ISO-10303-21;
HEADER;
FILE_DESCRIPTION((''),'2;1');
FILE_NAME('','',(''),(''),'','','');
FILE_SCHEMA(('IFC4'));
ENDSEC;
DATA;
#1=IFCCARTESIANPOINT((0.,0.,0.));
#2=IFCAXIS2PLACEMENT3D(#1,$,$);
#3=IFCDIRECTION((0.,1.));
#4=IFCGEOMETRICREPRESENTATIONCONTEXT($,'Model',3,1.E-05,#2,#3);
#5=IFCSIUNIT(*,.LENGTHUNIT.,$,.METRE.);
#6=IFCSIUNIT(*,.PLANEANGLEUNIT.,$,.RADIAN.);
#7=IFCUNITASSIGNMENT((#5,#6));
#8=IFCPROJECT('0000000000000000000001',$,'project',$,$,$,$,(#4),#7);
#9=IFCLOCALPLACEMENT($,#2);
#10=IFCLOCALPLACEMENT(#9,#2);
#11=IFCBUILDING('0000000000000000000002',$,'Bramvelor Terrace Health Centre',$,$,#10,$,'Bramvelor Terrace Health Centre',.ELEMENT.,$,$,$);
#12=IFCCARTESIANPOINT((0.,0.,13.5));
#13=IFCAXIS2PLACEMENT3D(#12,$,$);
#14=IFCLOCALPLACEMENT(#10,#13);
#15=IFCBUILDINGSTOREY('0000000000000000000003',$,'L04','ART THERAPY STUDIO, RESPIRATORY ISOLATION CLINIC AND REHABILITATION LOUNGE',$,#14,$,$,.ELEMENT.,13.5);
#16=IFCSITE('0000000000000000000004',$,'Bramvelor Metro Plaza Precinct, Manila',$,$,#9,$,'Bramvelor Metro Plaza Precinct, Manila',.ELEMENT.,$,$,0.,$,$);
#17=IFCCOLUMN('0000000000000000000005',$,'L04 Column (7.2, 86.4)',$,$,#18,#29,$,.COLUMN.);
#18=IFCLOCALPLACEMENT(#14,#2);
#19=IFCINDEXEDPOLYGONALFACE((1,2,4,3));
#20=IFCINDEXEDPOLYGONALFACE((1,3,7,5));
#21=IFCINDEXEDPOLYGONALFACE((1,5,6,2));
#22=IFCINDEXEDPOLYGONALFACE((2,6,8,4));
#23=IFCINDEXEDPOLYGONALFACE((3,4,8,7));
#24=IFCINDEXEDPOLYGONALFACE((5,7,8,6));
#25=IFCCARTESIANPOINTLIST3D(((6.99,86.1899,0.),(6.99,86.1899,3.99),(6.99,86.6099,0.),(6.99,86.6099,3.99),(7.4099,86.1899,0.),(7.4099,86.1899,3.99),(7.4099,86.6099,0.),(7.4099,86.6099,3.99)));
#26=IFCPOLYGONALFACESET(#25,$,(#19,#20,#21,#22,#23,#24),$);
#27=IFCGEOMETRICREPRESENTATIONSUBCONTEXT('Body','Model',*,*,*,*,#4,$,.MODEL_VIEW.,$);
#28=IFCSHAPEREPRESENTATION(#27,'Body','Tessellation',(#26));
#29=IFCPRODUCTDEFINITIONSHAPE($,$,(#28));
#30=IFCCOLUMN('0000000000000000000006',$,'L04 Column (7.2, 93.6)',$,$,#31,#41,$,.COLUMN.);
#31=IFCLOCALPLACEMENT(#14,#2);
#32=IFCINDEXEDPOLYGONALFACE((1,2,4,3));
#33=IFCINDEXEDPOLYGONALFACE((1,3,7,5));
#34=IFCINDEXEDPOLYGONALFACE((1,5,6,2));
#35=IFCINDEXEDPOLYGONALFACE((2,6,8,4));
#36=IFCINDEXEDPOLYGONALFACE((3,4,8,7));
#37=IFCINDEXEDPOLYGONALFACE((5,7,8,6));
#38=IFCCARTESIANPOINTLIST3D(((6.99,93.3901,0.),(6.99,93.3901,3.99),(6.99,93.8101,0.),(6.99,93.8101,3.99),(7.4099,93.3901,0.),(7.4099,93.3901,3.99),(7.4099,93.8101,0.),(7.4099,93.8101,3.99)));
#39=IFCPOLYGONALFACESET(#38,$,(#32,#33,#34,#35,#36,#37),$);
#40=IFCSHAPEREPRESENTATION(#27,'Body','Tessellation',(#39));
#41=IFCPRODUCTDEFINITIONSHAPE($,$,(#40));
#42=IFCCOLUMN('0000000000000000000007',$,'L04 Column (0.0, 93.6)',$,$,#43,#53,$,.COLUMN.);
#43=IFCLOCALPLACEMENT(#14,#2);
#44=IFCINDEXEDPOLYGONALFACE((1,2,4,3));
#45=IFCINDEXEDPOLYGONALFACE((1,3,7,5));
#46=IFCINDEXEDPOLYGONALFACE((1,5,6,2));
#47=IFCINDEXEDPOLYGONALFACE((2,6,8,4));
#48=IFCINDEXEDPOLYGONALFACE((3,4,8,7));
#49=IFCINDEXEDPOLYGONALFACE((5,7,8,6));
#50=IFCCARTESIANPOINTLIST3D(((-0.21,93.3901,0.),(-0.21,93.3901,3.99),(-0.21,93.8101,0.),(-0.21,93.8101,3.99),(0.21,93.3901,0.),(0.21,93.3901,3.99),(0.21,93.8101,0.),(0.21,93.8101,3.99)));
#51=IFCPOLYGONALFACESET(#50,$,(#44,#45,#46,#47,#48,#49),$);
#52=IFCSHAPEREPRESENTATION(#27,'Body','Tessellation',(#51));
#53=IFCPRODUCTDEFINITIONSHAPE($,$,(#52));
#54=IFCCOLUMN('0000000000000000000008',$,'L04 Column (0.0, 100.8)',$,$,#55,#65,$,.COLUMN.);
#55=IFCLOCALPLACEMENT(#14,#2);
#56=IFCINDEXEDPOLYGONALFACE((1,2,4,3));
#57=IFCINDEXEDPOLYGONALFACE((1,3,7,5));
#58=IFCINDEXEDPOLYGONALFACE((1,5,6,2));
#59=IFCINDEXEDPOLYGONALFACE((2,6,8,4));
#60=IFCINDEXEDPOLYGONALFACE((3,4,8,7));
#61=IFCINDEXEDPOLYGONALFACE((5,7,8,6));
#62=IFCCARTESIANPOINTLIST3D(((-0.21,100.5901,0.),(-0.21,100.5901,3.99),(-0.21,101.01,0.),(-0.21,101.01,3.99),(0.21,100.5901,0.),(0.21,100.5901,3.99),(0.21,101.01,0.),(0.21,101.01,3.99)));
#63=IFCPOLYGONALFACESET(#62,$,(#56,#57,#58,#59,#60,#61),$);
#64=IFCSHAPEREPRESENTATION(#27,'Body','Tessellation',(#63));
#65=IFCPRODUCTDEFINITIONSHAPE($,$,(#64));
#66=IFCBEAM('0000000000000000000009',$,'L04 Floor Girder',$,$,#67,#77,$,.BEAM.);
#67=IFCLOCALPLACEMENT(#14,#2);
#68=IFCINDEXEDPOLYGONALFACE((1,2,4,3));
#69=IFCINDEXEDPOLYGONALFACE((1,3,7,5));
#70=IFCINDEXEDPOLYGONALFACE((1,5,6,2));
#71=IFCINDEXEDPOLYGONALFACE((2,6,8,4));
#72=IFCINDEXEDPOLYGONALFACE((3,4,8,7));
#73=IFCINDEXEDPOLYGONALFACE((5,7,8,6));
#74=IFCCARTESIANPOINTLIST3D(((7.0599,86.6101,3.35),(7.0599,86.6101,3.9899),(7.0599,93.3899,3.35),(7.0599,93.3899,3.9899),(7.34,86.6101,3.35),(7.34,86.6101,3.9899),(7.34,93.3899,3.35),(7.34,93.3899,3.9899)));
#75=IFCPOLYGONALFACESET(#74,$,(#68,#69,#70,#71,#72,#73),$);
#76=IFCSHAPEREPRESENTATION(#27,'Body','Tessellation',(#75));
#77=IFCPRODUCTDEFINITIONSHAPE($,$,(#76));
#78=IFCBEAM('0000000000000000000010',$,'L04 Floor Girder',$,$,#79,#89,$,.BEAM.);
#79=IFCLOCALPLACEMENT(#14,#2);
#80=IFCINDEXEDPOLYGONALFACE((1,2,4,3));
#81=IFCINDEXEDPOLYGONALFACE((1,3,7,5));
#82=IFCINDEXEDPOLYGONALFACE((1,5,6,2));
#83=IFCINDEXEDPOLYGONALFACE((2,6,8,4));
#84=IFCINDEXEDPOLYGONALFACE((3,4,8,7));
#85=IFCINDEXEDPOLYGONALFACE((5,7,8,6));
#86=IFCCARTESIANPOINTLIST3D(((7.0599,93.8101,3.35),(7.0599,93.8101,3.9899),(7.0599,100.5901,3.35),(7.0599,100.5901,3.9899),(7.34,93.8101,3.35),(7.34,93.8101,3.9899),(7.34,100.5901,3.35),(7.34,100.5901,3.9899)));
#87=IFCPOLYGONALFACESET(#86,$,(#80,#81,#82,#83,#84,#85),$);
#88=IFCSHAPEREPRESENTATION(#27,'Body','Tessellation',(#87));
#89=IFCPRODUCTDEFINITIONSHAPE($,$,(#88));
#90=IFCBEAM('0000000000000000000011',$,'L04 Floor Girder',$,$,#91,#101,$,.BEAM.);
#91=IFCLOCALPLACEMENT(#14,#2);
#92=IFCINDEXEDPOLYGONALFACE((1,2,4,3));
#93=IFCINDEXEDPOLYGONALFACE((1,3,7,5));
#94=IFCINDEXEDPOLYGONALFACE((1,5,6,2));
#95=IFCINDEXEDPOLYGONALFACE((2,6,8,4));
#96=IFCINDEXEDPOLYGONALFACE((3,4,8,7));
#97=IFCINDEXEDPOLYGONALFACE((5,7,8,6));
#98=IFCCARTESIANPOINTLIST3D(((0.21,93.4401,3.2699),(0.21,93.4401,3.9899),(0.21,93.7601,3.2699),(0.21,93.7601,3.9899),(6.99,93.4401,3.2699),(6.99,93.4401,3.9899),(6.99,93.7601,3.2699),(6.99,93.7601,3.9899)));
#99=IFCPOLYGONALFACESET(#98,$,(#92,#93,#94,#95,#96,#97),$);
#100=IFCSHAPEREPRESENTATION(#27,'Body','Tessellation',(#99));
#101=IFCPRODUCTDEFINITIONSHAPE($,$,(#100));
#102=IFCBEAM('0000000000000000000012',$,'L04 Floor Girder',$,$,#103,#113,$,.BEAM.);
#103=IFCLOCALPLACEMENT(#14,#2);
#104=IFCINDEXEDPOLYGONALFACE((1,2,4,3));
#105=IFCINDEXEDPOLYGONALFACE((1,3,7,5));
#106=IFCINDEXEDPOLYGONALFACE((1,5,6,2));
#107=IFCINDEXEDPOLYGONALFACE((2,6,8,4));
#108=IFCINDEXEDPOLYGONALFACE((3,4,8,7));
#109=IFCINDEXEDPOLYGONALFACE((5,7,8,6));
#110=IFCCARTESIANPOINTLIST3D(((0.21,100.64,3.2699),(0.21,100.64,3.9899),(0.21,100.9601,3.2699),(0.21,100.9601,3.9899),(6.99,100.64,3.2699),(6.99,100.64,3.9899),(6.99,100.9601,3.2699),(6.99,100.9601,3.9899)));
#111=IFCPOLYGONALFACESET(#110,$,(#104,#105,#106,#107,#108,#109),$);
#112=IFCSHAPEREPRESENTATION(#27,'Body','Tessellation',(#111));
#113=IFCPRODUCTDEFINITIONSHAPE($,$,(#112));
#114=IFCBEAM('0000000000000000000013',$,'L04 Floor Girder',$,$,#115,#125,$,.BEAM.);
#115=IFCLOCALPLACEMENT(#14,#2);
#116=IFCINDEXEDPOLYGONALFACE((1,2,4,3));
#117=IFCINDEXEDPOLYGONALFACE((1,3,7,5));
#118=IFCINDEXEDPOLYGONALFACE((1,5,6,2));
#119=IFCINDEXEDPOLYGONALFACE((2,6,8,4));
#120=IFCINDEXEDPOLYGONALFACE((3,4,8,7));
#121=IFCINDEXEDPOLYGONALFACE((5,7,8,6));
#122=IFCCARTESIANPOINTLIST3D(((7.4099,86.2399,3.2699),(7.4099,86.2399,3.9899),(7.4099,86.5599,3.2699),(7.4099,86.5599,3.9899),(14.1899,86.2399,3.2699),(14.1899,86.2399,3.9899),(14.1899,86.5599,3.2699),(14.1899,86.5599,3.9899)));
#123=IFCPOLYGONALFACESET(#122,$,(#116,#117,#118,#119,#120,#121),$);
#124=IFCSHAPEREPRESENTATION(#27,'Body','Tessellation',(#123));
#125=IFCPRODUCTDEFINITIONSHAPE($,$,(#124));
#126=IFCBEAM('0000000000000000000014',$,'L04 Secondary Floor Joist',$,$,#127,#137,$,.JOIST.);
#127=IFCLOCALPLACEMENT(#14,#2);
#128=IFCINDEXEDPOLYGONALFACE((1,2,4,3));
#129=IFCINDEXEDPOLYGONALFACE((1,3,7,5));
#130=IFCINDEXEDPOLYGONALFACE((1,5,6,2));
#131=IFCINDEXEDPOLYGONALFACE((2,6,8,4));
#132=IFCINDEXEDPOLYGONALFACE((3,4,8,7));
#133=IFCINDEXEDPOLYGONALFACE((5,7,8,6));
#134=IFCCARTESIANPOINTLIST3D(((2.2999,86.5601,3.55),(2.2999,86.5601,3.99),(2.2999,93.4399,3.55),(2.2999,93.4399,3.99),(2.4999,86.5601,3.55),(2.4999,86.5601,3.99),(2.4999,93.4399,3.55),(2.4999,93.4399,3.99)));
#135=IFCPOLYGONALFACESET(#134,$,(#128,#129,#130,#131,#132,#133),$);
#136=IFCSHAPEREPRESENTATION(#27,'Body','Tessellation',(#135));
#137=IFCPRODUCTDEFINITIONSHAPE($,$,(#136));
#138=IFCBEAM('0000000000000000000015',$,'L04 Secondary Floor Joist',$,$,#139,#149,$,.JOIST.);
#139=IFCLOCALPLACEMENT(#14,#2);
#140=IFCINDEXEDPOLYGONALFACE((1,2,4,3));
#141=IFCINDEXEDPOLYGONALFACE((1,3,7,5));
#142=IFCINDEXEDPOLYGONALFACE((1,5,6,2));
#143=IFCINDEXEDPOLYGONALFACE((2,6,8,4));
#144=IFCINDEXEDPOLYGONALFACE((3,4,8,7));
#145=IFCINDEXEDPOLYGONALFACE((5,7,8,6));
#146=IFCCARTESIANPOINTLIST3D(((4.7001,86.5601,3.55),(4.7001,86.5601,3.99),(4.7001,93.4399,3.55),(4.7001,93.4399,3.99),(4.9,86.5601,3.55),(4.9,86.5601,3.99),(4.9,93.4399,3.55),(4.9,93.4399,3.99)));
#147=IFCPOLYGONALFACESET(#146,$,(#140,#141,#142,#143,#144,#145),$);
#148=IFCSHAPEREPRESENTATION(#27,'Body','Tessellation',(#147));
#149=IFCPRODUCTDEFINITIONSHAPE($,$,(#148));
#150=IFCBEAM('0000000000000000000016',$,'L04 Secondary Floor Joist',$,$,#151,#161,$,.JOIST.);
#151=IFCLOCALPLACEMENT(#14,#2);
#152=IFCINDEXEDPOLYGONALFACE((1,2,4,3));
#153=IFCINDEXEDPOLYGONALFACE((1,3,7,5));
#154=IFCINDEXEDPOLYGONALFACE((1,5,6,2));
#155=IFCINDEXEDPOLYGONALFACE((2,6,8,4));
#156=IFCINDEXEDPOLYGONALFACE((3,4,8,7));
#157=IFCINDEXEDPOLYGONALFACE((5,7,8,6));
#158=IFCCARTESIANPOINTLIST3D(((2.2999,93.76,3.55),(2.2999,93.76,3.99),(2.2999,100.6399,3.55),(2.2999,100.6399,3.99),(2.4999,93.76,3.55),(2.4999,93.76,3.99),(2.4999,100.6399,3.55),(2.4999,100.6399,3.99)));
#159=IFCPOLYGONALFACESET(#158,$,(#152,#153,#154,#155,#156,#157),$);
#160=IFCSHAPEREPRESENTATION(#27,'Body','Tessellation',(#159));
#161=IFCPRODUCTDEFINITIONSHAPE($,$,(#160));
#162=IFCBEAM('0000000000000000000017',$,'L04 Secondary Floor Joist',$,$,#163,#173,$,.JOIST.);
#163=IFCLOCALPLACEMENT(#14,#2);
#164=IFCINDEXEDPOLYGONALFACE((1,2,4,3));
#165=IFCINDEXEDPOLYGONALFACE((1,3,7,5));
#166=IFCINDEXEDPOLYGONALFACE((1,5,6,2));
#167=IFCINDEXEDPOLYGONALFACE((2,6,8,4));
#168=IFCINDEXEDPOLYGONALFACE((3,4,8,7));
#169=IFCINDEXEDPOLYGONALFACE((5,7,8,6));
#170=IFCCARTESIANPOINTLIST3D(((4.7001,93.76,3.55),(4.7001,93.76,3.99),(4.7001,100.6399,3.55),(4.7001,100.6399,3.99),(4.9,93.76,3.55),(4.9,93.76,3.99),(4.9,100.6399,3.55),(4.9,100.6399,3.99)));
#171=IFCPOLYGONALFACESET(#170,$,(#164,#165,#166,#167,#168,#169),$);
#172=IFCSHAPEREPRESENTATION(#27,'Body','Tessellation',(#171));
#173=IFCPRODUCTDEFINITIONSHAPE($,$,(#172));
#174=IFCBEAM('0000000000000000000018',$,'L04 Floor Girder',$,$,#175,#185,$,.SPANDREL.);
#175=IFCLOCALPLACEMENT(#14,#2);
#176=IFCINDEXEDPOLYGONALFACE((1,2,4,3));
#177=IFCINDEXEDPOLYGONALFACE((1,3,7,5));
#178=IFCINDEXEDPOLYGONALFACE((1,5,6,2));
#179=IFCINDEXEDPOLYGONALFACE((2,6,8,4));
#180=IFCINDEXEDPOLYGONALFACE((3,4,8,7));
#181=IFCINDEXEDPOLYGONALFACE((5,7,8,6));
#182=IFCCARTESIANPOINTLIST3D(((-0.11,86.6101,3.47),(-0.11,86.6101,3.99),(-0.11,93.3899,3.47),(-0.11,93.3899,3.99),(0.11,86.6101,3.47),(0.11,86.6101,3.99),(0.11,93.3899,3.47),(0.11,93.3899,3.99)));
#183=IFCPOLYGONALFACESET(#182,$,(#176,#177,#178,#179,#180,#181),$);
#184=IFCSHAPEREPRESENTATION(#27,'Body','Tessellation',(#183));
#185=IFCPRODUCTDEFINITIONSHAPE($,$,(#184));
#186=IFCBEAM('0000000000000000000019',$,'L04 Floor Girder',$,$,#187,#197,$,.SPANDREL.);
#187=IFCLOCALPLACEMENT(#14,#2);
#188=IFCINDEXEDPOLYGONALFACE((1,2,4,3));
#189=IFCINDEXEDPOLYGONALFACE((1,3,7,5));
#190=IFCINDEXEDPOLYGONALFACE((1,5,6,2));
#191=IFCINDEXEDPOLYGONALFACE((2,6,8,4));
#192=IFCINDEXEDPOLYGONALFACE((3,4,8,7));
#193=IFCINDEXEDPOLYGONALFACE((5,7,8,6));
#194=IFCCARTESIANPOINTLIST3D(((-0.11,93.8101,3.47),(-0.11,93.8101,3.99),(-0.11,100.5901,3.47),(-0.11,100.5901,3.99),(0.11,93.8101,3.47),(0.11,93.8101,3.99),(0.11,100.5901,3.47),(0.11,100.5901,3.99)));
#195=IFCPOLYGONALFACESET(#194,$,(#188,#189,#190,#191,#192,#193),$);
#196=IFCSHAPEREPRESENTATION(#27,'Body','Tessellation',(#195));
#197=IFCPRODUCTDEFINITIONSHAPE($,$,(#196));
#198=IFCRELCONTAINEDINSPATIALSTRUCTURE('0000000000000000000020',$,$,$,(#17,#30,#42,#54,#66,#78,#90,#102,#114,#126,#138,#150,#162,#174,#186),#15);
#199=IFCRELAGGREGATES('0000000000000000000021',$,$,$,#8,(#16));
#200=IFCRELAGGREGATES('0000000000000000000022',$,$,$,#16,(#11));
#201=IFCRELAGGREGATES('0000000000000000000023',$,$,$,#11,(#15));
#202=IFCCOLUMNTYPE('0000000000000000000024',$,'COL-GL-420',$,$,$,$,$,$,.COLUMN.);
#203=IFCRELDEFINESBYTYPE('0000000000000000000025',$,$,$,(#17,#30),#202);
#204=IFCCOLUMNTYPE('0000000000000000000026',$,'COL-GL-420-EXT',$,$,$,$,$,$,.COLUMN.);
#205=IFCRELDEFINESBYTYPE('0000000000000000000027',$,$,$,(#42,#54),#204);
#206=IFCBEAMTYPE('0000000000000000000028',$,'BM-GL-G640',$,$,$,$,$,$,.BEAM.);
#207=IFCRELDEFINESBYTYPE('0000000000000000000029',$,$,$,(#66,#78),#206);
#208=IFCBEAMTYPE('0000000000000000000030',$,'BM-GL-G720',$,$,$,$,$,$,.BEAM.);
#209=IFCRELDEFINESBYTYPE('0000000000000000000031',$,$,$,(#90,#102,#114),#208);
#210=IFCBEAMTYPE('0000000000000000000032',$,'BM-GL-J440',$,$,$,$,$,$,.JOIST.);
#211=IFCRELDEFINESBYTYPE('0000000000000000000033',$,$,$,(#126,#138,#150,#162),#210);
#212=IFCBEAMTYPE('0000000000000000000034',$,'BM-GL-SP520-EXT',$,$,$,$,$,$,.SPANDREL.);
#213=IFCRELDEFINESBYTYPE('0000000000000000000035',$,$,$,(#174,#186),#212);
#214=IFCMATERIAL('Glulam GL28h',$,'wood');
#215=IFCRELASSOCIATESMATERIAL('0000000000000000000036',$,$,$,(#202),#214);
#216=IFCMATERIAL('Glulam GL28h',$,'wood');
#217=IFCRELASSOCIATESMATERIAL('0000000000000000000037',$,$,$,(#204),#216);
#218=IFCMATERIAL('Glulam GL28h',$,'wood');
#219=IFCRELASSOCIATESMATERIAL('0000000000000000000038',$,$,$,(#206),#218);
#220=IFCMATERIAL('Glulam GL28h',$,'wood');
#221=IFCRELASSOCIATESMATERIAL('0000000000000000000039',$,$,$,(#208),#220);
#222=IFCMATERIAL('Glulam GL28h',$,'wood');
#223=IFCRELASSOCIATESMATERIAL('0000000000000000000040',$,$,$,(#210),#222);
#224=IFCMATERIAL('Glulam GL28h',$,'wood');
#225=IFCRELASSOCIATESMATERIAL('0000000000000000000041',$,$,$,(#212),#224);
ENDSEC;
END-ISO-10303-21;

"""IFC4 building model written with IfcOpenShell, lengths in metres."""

from ifc_helpers import new_model, si_unit, direction, frame, origin, origin_2d, place, context, subcontext, project, spatial, rectangle, extrude, material, material_profile, profile_set, type_object, element, save


model = new_model("IFC4")

# Units and contexts
model_context = context("Model", 3, precision=1e-05, world=origin(), true_north=direction((0.0, 1.0)))
body_context = subcontext(model_context, "Body", "Model", "MODEL_VIEW")
ifc_project = project(units=[si_unit("LENGTHUNIT", "METRE"), si_unit("PLANEANGLEUNIT", "RADIAN")], contexts=[model_context])

# Site, building, storey
site_placement = place(None, origin())
site = spatial("IfcSite", under=ifc_project, at=site_placement, Name="Bramvelor Metro Plaza Precinct, Manila", LongName="Bramvelor Metro Plaza Precinct, Manila", CompositionType="ELEMENT", RefElevation=0.0)
building_placement = place(site_placement, origin())
building = spatial("IfcBuilding", under=site, at=building_placement, Name="Bramvelor Terrace Health Centre", LongName="Bramvelor Terrace Health Centre", CompositionType="ELEMENT")
storey_placement = place(building_placement, frame((0.0, 0.0, 13.5)))
storey = spatial("IfcBuildingStorey", under=building, at=storey_placement, Name="L04", Description="ART THERAPY STUDIO, RESPIRATORY ISOLATION CLINIC AND REHABILITATION LOUNGE", CompositionType="ELEMENT", Elevation=13.5)

# Columns
ifc_material_1 = material(Name="Glulam GL28h", Category="wood")
ifc_material_profile_1 = material_profile(ifc_material_1, rectangle(XDim=0.4199, YDim=0.4199, at=origin_2d()), Name="GL 420x420")
ifc_profile_set_1 = profile_set([ifc_material_profile_1], Name="Glulam GL28h")
column_type_1 = type_object("IfcColumnType", Name="COL-GL-420", PredefinedType="COLUMN", material=ifc_profile_set_1)
for number, where, z_axis, x_axis, name in (
    (1, (7.2, 86.3999, 0.0), (0.0, 0.0, 1.0), (1.0, 0.0, 0.0), "L04 Column (7.2, 86.4)"),
    (2, (7.2, 93.6001, 0.0), (0.0, 0.0, 1.0), (1.0, 0.0, 0.0), "L04 Column (7.2, 93.6)"),
):
    element("IfcColumn", number, at=place(storey_placement, frame(where, z_axis=z_axis, x_axis=x_axis)), inside=storey, type_object=column_type_1, Name=name, PredefinedType="COLUMN", context=body_context, shape_type="SweptSolid", body=[
        extrude(rectangle(XDim=0.4199, YDim=0.4199, at=origin_2d()), origin(), (0.0, 0.0, 1.0), 3.99),
    ])
ifc_material_2 = material(Name="Glulam GL28h", Category="wood")
ifc_material_profile_2 = material_profile(ifc_material_2, rectangle(XDim=0.4199, YDim=0.4199, at=origin_2d()), Name="GL 420x420")
ifc_profile_set_2 = profile_set([ifc_material_profile_2], Name="Glulam GL28h")
column_type_2 = type_object("IfcColumnType", Name="COL-GL-420-EXT", PredefinedType="COLUMN", material=ifc_profile_set_2)
for number, where, z_axis, x_axis, name in (
    (3, (0.0, 93.6001, 0.0), (0.0, 0.0, 1.0), (1.0, 0.0, 0.0), "L04 Column (0.0, 93.6)"),
    (4, (0.0, 100.8, 0.0), (0.0, 0.0, 1.0), (1.0, 0.0, 0.0), "L04 Column (0.0, 100.8)"),
):
    element("IfcColumn", number, at=place(storey_placement, frame(where, z_axis=z_axis, x_axis=x_axis)), inside=storey, type_object=column_type_2, Name=name, PredefinedType="COLUMN", context=body_context, shape_type="SweptSolid", body=[
        extrude(rectangle(XDim=0.4199, YDim=0.4199, at=origin_2d()), origin(), (0.0, 0.0, 1.0), 3.99),
    ])

# Beams
ifc_material_3 = material(Name="Glulam GL28h", Category="wood")
ifc_material_profile_3 = material_profile(ifc_material_3, rectangle(XDim=0.28, YDim=0.6399, at=origin_2d()), Name="GL 280x640")
ifc_profile_set_3 = profile_set([ifc_material_profile_3], Name="Glulam GL28h")
beam_type_1 = type_object("IfcBeamType", Name="BM-GL-G640", PredefinedType="BEAM", material=ifc_profile_set_3)
beam_1_placement = place(storey_placement, frame((7.2, 86.6101, 3.6699), z_axis=(0.0, 1.0, 0.0), x_axis=(-1.0, 0.0, 0.0)))
element("IfcBeam", 5, at=beam_1_placement, inside=storey, type_object=beam_type_1, Name="L04 Floor Girder", PredefinedType="BEAM", context=body_context, shape_type="SweptSolid", body=[
    extrude(rectangle(XDim=0.28, YDim=0.6399, at=origin_2d()), origin(), (0.0, 0.0, 1.0), 6.7798),
])
beam_2_placement = place(storey_placement, frame((7.2, 93.8101, 3.6699), z_axis=(0.0, 1.0, 0.0), x_axis=(-1.0, 0.0, 0.0)))
element("IfcBeam", 6, at=beam_2_placement, inside=storey, type_object=beam_type_1, Name="L04 Floor Girder", PredefinedType="BEAM", context=body_context, shape_type="SweptSolid", body=[
    extrude(rectangle(XDim=0.28, YDim=0.6399, at=origin_2d()), origin(), (0.0, 0.0, 1.0), 6.78),
])
ifc_material_4 = material(Name="Glulam GL28h", Category="wood")
ifc_material_profile_4 = material_profile(ifc_material_4, rectangle(XDim=0.3201, YDim=0.72, at=origin_2d()), Name="GL 320x720")
ifc_profile_set_4 = profile_set([ifc_material_profile_4], Name="Glulam GL28h")
beam_type_2 = type_object("IfcBeamType", Name="BM-GL-G720", PredefinedType="BEAM", material=ifc_profile_set_4)
for number, where, z_axis, x_axis, name in (
    (7, (0.21, 93.6001, 3.6299), (1.0, 0.0, 0.0), (0.0, 1.0, 0.0), "L04 Floor Girder"),
    (8, (0.21, 100.8, 3.6299), (1.0, 0.0, 0.0), (0.0, 1.0, 0.0), "L04 Floor Girder"),
    (9, (7.4099, 86.3999, 3.6299), (1.0, 0.0, 0.0), (0.0, 1.0, 0.0), "L04 Floor Girder"),
):
    element("IfcBeam", number, at=place(storey_placement, frame(where, z_axis=z_axis, x_axis=x_axis)), inside=storey, type_object=beam_type_2, Name=name, PredefinedType="BEAM", context=body_context, shape_type="SweptSolid", body=[
        extrude(rectangle(XDim=0.3201, YDim=0.72, at=origin_2d()), origin(), (0.0, 0.0, 1.0), 6.78),
    ])
ifc_material_5 = material(Name="Glulam GL28h", Category="wood")
ifc_material_profile_5 = material_profile(ifc_material_5, rectangle(XDim=0.2, YDim=0.4399, at=origin_2d()), Name="GL 200x440")
ifc_profile_set_5 = profile_set([ifc_material_profile_5], Name="Glulam GL28h")
beam_type_3 = type_object("IfcBeamType", Name="BM-GL-J440", PredefinedType="JOIST", material=ifc_profile_set_5)
for number, where, z_axis, x_axis, name in (
    (10, (2.3999, 86.5601, 3.77), (0.0, 1.0, 0.0), (-1.0, 0.0, 0.0), "L04 Secondary Floor Joist"),
    (11, (4.8, 86.5601, 3.77), (0.0, 1.0, 0.0), (-1.0, 0.0, 0.0), "L04 Secondary Floor Joist"),
    (12, (2.3999, 93.76, 3.77), (0.0, 1.0, 0.0), (-1.0, 0.0, 0.0), "L04 Secondary Floor Joist"),
    (13, (4.8, 93.76, 3.77), (0.0, 1.0, 0.0), (-1.0, 0.0, 0.0), "L04 Secondary Floor Joist"),
):
    element("IfcBeam", number, at=place(storey_placement, frame(where, z_axis=z_axis, x_axis=x_axis)), inside=storey, type_object=beam_type_3, Name=name, PredefinedType="JOIST", context=body_context, shape_type="SweptSolid", body=[
        extrude(rectangle(XDim=0.2, YDim=0.4399, at=origin_2d()), origin(), (0.0, 0.0, 1.0), 6.8799),
    ])
ifc_material_6 = material(Name="Glulam GL28h", Category="wood")
ifc_material_profile_6 = material_profile(ifc_material_6, rectangle(XDim=0.22, YDim=0.52, at=origin_2d()), Name="GL 220x520")
ifc_profile_set_6 = profile_set([ifc_material_profile_6], Name="Glulam GL28h")
beam_type_4 = type_object("IfcBeamType", Name="BM-GL-SP520-EXT", PredefinedType="SPANDREL", material=ifc_profile_set_6)
beam_3_placement = place(storey_placement, frame((0.0, 86.6101, 3.73), z_axis=(0.0, 1.0, 0.0), x_axis=(-1.0, 0.0, 0.0)))
element("IfcBeam", 14, at=beam_3_placement, inside=storey, type_object=beam_type_4, Name="L04 Floor Girder", PredefinedType="SPANDREL", context=body_context, shape_type="SweptSolid", body=[
    extrude(rectangle(XDim=0.22, YDim=0.52, at=origin_2d()), origin(), (0.0, 0.0, 1.0), 6.7798),
])
beam_4_placement = place(storey_placement, frame((0.0, 93.8101, 3.73), z_axis=(0.0, 1.0, 0.0), x_axis=(-1.0, 0.0, 0.0)))
element("IfcBeam", 15, at=beam_4_placement, inside=storey, type_object=beam_type_4, Name="L04 Floor Girder", PredefinedType="SPANDREL", context=body_context, shape_type="SweptSolid", body=[
    extrude(rectangle(XDim=0.22, YDim=0.52, at=origin_2d()), origin(), (0.0, 0.0, 1.0), 6.78),
])

save(model, "model.ifc")
